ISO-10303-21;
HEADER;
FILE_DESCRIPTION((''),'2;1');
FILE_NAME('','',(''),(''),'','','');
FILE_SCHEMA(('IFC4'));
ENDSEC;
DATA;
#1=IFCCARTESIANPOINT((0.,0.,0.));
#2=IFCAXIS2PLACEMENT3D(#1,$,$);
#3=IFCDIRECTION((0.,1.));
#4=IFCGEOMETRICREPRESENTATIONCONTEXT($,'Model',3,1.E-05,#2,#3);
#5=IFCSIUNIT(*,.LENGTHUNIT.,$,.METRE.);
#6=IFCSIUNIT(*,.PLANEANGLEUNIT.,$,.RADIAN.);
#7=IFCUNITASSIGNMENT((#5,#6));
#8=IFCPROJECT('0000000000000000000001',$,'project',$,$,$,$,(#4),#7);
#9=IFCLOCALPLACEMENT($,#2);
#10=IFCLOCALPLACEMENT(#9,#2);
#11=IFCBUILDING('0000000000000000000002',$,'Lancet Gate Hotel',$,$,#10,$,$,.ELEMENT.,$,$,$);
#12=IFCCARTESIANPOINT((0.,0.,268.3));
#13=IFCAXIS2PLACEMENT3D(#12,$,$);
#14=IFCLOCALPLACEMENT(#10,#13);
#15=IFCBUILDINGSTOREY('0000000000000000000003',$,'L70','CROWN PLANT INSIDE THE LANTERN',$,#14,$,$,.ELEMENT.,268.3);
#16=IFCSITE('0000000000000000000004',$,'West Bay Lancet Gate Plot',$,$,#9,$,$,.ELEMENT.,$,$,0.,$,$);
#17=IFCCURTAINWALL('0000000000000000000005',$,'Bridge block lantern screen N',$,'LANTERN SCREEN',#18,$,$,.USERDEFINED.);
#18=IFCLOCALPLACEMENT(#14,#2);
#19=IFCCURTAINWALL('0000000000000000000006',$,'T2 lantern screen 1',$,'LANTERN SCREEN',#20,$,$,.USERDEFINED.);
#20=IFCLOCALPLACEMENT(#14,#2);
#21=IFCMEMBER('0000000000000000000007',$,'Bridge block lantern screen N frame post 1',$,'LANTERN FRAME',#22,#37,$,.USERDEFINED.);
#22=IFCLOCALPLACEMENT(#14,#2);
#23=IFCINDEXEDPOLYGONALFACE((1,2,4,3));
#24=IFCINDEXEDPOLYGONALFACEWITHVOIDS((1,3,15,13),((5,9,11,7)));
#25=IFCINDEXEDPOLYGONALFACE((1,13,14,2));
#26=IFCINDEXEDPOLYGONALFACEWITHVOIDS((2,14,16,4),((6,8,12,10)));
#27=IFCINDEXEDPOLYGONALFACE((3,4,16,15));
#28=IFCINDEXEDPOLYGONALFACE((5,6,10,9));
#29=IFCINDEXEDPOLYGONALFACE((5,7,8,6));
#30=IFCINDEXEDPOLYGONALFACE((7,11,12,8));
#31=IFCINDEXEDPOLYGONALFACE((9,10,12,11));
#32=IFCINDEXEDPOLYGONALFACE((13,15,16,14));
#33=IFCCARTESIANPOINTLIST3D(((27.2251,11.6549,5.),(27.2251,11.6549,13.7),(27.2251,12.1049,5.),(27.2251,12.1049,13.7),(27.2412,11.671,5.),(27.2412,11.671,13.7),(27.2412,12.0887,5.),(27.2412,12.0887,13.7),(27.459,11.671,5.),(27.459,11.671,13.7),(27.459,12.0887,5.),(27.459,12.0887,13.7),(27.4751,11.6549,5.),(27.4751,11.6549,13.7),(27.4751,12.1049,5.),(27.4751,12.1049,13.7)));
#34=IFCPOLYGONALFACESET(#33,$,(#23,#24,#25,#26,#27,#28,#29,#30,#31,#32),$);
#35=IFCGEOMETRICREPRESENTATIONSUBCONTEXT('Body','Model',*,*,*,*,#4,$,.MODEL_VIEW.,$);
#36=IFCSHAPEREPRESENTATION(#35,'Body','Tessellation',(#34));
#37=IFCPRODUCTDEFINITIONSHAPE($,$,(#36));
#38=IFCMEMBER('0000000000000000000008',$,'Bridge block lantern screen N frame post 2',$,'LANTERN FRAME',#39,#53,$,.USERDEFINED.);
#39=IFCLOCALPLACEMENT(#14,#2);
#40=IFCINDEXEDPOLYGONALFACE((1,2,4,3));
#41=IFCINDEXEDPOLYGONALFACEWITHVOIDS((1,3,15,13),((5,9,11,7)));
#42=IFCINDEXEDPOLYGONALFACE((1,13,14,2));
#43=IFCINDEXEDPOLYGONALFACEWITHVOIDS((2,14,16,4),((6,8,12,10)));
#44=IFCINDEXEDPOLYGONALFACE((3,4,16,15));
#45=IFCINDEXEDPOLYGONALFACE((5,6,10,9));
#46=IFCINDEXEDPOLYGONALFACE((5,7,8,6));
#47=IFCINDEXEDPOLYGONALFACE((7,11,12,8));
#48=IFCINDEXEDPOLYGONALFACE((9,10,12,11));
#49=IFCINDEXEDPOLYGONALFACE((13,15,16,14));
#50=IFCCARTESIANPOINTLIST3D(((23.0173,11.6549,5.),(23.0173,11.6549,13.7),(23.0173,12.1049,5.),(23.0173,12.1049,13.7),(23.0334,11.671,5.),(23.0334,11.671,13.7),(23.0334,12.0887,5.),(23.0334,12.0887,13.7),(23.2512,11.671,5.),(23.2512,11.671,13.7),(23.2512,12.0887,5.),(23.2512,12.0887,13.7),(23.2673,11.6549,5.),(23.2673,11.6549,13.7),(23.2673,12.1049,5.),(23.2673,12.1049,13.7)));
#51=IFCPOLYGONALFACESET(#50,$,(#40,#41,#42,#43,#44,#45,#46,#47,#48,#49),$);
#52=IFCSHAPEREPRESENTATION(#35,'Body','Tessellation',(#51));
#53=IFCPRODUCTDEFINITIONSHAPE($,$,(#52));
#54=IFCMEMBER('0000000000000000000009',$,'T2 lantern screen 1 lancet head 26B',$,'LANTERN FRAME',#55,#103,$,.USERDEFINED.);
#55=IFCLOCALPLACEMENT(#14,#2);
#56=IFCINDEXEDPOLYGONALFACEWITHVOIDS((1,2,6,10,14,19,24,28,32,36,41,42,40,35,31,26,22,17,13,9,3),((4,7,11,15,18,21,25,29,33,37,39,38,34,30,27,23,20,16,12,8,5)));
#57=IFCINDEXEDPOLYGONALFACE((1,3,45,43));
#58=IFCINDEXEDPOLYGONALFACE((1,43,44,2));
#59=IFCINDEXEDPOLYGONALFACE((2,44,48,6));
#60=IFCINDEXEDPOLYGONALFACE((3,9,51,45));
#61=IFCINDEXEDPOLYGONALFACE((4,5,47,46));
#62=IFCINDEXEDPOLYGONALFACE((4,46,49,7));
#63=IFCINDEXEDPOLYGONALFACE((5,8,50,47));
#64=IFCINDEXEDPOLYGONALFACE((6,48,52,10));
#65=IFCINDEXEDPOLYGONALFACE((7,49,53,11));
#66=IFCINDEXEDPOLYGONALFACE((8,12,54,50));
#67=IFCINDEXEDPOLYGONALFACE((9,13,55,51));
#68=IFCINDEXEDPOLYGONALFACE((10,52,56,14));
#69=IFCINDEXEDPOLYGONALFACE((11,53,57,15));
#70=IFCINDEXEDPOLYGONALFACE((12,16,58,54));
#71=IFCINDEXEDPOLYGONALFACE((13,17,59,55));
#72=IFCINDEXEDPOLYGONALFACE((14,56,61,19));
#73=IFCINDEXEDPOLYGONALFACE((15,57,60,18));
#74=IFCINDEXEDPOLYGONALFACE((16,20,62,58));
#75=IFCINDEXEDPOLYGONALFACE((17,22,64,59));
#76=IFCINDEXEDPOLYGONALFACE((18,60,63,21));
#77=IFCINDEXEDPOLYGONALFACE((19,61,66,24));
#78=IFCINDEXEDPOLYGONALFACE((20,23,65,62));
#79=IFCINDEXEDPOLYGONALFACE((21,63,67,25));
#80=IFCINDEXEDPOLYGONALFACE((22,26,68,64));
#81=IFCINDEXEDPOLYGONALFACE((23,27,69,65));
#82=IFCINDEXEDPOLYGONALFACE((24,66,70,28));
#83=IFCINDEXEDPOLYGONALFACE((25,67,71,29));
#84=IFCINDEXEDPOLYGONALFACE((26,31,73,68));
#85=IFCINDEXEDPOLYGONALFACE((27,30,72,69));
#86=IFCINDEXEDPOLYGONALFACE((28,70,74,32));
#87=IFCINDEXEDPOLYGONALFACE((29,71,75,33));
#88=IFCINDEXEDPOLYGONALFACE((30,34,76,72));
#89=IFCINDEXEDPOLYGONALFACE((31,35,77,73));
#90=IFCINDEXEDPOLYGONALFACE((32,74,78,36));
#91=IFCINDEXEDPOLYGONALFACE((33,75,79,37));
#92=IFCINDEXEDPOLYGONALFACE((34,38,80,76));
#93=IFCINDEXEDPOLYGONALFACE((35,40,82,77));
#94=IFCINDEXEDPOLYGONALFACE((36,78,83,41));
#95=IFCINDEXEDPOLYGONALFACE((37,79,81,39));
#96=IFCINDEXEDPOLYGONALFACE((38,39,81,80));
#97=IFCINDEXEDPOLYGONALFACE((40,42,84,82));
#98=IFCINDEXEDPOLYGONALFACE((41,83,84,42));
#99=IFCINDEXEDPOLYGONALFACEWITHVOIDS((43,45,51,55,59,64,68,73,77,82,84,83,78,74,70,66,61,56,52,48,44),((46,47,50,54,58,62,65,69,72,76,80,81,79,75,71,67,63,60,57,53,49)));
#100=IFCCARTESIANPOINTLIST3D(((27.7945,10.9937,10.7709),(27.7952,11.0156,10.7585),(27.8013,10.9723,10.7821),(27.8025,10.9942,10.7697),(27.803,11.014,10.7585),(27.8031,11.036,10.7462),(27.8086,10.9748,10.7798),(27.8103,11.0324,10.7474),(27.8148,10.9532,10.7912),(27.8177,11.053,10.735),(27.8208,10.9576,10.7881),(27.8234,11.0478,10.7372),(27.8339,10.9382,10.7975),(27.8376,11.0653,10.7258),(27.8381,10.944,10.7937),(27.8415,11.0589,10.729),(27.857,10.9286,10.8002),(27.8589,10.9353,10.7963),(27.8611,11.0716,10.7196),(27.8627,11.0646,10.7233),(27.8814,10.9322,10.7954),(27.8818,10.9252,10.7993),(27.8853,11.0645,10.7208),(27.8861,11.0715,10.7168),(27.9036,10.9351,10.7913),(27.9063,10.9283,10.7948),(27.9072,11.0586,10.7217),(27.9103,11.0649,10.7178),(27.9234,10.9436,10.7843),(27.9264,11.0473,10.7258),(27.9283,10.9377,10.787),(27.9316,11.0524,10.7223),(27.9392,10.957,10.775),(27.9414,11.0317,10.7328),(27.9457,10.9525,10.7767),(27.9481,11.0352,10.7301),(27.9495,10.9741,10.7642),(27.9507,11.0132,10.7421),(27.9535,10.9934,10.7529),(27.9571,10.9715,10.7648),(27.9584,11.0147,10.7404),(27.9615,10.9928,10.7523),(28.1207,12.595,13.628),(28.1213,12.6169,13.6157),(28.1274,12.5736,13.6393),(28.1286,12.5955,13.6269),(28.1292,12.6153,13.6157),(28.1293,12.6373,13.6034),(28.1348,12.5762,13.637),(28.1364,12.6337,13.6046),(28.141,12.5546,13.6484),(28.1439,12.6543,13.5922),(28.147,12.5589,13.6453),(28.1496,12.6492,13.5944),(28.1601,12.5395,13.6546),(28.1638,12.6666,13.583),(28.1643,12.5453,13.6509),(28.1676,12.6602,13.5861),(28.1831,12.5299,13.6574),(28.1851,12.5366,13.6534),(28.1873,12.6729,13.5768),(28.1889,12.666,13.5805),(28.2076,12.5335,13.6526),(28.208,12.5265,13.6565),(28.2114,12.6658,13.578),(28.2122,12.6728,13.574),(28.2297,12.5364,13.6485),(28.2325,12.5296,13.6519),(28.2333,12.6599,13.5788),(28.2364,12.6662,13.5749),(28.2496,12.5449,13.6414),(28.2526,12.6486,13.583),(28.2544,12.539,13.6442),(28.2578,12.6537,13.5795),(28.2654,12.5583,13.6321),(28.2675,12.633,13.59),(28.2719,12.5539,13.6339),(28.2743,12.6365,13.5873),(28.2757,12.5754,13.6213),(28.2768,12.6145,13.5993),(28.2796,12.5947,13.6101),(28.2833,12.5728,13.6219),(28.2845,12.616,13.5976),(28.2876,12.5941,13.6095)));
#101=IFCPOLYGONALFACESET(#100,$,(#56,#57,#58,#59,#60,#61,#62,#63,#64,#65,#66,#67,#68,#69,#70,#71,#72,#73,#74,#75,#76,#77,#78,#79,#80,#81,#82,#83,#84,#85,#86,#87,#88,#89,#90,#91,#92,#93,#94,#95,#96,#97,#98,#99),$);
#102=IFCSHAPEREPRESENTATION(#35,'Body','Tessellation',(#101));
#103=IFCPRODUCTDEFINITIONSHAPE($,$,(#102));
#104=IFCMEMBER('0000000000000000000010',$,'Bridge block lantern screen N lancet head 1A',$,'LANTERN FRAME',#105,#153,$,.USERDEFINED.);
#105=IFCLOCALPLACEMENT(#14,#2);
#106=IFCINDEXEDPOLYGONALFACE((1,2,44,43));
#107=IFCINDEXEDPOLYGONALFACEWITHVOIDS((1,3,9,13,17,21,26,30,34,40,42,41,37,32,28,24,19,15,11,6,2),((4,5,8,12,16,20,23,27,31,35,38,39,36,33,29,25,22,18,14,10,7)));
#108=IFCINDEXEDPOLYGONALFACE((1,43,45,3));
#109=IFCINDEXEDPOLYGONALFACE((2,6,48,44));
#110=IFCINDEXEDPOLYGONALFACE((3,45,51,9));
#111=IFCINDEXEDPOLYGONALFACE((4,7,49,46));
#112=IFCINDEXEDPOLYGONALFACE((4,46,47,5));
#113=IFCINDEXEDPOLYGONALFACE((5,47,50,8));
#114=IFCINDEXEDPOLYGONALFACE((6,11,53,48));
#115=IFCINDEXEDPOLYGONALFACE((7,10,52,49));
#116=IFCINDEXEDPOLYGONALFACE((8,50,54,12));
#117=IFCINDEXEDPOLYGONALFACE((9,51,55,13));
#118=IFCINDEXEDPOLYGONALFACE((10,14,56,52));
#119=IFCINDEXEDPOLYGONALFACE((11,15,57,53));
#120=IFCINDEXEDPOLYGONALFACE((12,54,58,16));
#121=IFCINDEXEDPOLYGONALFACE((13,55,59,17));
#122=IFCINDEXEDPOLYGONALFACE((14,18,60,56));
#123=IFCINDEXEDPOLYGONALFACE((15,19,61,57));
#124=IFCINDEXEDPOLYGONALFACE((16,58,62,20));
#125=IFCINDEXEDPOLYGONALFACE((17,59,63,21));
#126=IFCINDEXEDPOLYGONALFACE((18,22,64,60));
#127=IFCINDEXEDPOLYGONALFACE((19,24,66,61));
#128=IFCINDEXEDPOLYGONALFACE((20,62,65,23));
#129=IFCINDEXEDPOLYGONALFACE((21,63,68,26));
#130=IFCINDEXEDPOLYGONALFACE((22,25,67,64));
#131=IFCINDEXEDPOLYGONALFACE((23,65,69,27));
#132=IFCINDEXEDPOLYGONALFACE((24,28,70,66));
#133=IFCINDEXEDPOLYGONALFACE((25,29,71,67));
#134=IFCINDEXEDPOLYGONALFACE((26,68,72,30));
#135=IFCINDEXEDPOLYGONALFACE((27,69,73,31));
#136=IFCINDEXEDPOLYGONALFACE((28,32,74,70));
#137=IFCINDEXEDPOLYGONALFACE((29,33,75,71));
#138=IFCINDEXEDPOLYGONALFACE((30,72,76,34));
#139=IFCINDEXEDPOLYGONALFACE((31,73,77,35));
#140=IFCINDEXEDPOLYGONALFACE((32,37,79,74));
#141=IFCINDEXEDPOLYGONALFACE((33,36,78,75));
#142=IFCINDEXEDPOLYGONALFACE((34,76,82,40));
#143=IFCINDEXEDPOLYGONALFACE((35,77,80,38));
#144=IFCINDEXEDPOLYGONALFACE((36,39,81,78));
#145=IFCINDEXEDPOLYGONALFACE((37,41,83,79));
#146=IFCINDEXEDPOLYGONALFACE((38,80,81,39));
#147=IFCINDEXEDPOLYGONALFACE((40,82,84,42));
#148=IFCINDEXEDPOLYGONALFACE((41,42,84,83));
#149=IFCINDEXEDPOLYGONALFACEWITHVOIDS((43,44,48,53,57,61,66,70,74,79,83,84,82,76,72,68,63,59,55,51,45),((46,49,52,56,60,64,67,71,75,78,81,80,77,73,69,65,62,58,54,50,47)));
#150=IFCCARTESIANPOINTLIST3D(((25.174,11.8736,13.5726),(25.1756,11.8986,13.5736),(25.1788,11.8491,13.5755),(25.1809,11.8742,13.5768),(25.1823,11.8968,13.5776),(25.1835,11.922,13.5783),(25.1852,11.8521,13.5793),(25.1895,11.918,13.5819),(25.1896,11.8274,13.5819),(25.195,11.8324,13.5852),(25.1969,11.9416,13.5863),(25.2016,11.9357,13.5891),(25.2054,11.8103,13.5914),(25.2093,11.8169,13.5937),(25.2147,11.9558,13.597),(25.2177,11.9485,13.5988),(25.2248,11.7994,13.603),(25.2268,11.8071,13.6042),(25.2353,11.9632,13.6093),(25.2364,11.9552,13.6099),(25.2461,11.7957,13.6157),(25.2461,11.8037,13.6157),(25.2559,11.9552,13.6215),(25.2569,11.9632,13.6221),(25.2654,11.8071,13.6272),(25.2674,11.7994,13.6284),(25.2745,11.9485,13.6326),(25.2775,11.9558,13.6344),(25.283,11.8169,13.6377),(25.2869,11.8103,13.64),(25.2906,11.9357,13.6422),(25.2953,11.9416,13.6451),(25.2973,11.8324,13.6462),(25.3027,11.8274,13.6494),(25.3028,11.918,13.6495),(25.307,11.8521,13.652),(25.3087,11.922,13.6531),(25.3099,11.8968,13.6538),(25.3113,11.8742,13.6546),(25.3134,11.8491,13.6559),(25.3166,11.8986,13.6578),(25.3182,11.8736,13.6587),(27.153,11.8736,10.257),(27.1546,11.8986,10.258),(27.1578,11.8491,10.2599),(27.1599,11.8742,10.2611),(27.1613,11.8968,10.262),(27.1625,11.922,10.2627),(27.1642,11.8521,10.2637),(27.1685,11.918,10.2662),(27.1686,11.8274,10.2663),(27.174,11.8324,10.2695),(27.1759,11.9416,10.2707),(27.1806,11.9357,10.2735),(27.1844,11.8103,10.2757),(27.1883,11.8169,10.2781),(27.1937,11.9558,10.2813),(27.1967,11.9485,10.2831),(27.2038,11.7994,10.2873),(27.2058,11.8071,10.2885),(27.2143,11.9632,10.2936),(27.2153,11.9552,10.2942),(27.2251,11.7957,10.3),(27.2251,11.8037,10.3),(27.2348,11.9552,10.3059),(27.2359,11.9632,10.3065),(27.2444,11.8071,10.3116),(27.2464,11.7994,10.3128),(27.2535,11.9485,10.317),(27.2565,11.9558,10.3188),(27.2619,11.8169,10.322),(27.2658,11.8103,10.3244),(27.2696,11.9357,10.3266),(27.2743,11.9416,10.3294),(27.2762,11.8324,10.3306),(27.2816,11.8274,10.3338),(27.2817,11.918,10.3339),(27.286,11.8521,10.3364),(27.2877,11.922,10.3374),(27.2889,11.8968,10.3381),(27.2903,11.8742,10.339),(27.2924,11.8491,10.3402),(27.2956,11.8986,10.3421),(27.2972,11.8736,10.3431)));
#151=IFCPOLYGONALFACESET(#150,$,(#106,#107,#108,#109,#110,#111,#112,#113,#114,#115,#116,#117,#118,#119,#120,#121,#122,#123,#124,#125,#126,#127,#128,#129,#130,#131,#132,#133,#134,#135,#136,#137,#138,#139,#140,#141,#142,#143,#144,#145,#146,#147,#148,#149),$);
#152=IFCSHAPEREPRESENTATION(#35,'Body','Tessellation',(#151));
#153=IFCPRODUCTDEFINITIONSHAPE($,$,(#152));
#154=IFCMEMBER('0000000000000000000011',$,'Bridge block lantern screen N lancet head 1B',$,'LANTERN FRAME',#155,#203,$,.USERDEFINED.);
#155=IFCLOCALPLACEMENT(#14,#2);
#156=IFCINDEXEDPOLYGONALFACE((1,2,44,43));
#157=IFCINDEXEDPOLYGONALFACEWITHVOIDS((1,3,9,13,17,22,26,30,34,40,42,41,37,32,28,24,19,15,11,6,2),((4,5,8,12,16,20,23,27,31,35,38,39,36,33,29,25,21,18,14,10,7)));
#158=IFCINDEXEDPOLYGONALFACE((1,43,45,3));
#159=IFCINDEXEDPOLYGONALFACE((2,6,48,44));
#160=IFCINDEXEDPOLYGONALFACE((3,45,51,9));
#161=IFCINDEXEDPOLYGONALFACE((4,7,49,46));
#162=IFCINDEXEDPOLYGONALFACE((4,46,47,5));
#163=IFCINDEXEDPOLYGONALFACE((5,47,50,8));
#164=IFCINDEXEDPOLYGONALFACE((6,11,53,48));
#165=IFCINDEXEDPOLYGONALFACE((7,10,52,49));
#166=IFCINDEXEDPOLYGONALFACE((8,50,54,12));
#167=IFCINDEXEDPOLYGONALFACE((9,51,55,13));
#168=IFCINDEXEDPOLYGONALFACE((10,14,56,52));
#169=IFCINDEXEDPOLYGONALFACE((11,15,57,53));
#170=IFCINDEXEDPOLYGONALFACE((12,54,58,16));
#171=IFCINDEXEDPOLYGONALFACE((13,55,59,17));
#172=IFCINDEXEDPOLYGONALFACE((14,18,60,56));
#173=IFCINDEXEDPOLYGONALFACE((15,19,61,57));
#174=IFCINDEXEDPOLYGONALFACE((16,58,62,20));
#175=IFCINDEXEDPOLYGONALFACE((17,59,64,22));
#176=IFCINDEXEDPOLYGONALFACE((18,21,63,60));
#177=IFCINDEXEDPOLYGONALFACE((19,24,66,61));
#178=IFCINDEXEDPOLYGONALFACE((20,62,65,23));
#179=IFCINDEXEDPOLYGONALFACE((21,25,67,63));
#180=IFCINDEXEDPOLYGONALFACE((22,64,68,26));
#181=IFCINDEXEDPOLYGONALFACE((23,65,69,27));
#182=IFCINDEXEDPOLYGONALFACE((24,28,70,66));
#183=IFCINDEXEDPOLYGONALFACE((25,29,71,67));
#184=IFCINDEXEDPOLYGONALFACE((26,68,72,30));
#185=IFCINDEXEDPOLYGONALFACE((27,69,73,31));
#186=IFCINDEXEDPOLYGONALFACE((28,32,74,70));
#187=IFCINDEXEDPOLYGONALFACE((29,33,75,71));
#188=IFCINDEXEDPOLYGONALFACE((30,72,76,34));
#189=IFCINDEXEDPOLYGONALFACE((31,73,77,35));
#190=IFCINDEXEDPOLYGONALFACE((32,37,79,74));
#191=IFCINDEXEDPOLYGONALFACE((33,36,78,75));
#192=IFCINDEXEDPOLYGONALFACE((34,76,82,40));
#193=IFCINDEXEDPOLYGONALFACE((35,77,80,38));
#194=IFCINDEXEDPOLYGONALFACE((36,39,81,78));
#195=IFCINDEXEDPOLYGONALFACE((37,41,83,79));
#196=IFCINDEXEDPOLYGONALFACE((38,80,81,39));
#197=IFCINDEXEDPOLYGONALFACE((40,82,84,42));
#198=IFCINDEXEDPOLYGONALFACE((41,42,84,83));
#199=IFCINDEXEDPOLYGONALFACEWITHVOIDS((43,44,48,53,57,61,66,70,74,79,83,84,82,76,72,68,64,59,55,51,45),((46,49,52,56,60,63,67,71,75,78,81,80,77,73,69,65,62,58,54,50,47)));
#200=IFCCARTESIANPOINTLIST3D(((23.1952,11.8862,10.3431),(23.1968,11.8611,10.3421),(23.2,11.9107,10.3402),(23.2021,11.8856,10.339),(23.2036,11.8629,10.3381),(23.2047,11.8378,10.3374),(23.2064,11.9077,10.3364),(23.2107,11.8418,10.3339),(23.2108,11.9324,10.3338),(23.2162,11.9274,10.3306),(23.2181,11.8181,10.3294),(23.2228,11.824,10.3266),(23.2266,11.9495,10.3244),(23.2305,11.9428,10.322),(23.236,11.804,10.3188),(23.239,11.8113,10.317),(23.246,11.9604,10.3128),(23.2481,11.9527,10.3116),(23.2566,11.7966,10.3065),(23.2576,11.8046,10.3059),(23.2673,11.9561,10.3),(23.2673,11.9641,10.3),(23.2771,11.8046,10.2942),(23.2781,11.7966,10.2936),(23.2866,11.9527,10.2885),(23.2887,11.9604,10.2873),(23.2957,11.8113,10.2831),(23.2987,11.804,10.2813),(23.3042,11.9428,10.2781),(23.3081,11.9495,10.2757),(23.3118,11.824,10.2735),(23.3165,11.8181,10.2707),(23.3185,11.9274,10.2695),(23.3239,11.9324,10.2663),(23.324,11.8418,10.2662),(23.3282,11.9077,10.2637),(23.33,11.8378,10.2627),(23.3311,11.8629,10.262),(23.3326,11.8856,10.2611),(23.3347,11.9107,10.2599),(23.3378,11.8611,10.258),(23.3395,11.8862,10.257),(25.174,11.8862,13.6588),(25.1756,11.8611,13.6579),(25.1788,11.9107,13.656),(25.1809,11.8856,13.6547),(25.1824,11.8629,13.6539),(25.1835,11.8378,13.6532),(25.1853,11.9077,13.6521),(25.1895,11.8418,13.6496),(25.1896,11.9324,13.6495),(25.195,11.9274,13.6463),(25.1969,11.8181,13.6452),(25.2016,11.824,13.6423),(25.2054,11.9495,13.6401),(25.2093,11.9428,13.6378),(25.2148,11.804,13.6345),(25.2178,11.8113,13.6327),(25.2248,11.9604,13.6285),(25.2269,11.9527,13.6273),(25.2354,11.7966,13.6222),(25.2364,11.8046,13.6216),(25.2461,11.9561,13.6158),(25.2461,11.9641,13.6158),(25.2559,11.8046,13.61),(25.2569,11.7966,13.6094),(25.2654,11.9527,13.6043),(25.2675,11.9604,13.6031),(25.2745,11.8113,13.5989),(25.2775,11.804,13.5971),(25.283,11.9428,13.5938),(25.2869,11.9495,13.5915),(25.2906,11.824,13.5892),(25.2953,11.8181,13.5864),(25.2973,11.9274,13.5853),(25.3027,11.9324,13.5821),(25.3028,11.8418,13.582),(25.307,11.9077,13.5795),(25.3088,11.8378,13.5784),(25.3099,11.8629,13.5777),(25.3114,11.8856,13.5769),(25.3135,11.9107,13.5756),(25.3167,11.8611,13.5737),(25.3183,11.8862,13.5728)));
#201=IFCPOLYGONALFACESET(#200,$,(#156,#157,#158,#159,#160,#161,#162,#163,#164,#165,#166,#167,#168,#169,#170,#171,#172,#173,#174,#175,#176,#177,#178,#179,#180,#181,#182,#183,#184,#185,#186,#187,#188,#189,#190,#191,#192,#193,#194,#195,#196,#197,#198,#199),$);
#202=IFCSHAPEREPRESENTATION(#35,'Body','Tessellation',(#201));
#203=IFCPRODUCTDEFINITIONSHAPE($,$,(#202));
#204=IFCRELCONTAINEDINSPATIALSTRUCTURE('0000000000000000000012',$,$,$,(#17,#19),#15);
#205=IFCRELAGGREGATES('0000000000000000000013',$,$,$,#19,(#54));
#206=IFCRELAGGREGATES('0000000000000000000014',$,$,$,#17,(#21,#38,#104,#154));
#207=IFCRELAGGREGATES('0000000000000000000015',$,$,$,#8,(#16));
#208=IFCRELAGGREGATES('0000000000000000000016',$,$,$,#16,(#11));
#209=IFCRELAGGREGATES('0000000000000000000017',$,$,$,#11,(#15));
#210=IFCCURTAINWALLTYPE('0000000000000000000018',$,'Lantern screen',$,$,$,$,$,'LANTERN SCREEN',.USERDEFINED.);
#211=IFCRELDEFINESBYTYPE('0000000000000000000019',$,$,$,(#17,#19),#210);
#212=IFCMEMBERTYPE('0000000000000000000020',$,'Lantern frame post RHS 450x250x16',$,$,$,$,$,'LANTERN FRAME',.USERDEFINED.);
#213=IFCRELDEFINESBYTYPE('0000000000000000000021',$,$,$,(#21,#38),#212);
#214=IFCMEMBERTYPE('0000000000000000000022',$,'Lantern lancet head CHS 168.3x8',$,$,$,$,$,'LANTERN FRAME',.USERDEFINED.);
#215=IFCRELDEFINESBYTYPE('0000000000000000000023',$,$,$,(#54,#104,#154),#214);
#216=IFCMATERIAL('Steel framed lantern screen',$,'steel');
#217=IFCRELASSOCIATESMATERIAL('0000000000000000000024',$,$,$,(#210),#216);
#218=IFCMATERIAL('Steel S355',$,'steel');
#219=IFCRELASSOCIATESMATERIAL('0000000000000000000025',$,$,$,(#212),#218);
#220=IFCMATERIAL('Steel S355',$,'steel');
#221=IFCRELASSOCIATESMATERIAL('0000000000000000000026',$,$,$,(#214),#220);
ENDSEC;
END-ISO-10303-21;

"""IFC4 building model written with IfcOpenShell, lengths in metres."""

from ifc_helpers import new_model, si_unit, direction, frame, origin, origin_2d, place, context, subcontext, project, spatial, hollow_rectangle, hollow_circle, extrude, material, material_profile, profile_set, type_object, element, aggregate, save


model = new_model("IFC4")

# Units and contexts
model_context = context("Model", 3, precision=1e-05, world=origin(), true_north=direction((0.0, 1.0)))
body_context = subcontext(model_context, "Body", "Model", "MODEL_VIEW")
ifc_project = project(units=[si_unit("LENGTHUNIT", "METRE"), si_unit("PLANEANGLEUNIT", "RADIAN")], contexts=[model_context])

# Site, building, storey
site_placement = place(None, origin())
site = spatial("IfcSite", under=ifc_project, at=site_placement, Name="West Bay Lancet Gate Plot", CompositionType="ELEMENT", RefElevation=0.0)
building_placement = place(site_placement, origin())
building = spatial("IfcBuilding", under=site, at=building_placement, Name="Lancet Gate Hotel", CompositionType="ELEMENT")
storey_placement = place(building_placement, frame((0.0, 0.0, 268.3)))
storey = spatial("IfcBuildingStorey", under=building, at=storey_placement, Name="L70", Description="CROWN PLANT INSIDE THE LANTERN", CompositionType="ELEMENT", Elevation=268.3)

# Curtain wall
ifc_material_1 = material(Name="Steel framed lantern screen", Category="steel")
curtain_wall_type_1 = type_object("IfcCurtainWallType", Name="Lantern screen", ElementType="LANTERN SCREEN", PredefinedType="USERDEFINED", material=ifc_material_1)
curtain_wall_1_placement = place(storey_placement, origin())
curtain_wall_1 = element("IfcCurtainWall", 1, at=curtain_wall_1_placement, inside=storey, type_object=curtain_wall_type_1, Name="Bridge block lantern screen N", ObjectType="LANTERN SCREEN", PredefinedType="USERDEFINED")

# Curtain wall
curtain_wall_2_placement = place(storey_placement, origin())
curtain_wall_2 = element("IfcCurtainWall", 2, at=curtain_wall_2_placement, inside=storey, type_object=curtain_wall_type_1, Name="T2 lantern screen 1", ObjectType="LANTERN SCREEN", PredefinedType="USERDEFINED")
ifc_material_2 = material(Name="Steel S355", Category="steel")
ifc_material_profile_1 = material_profile(ifc_material_2, hollow_rectangle(XDim=0.25, YDim=0.45, WallThickness=0.0161, at=origin_2d()), Name="RHS 450x250x16")
ifc_profile_set_1 = profile_set([ifc_material_profile_1], Name="Steel S355")
member_type_1 = type_object("IfcMemberType", Name="Lantern frame post RHS 450x250x16", ElementType="LANTERN FRAME", PredefinedType="USERDEFINED", material=ifc_profile_set_1)

# Members
member_1_placement = place(storey_placement, frame((27.3501, 11.8799, 5.0), z_axis=(0.0, 0.0, 1.0), x_axis=(-1.0, 0.0, 0.0)))
member_1 = element("IfcMember", 3, at=member_1_placement, type_object=member_type_1, Name="Bridge block lantern screen N frame post 1", ObjectType="LANTERN FRAME", PredefinedType="USERDEFINED", context=body_context, shape_type="SweptSolid", body=[
    extrude(hollow_rectangle(XDim=0.25, YDim=0.45, WallThickness=0.0161, at=origin_2d()), origin(), (0.0, 0.0, 1.0), 8.7),
])
member_2_placement = place(storey_placement, frame((23.1423, 11.8799, 5.0), z_axis=(0.0, 0.0, 1.0), x_axis=(-1.0, 0.0, 0.0)))
member_2 = element("IfcMember", 4, at=member_2_placement, type_object=member_type_1, Name="Bridge block lantern screen N frame post 2", ObjectType="LANTERN FRAME", PredefinedType="USERDEFINED", context=body_context, shape_type="SweptSolid", body=[
    extrude(hollow_rectangle(XDim=0.25, YDim=0.45, WallThickness=0.0161, at=origin_2d()), origin(), (0.0, 0.0, 1.0), 8.7),
])
ifc_material_3 = material(Name="Steel S355", Category="steel")
ifc_material_profile_2 = material_profile(ifc_material_3, hollow_circle(Radius=0.0842, WallThickness=0.0081, at=origin_2d()), Name="CHS 168.3x8.0")
ifc_profile_set_2 = profile_set([ifc_material_profile_2], Name="Steel S355")
member_type_2 = type_object("IfcMemberType", Name="Lantern lancet head CHS 168.3x8", ElementType="LANTERN FRAME", PredefinedType="USERDEFINED", material=ifc_profile_set_2)
member_3_placement = place(storey_placement, frame((27.8777, 10.9988, 10.7585), z_axis=(0.099095, 0.486499, 0.868043), x_axis=(-0.979879, 0.199591, 0.0)))
member_3 = element("IfcMember", 5, at=member_3_placement, type_object=member_type_2, Name="T2 lantern screen 1 lancet head 26B", ObjectType="LANTERN FRAME", PredefinedType="USERDEFINED", context=body_context, shape_type="SweptSolid", body=[
    extrude(hollow_circle(Radius=0.0842, WallThickness=0.0081, at=origin_2d()), origin(), (0.0, 0.0, 1.0), 3.2915),
])
aggregate(curtain_wall_2, [member_3])
member_4_placement = place(storey_placement, frame((27.2251, 11.8799, 10.3), z_axis=(-0.512514, 0.0, 0.858679), x_axis=(0.0, -1.0, 0.0)))
member_4 = element("IfcMember", 6, at=member_4_placement, type_object=member_type_2, Name="Bridge block lantern screen N lancet head 1A", ObjectType="LANTERN FRAME", PredefinedType="USERDEFINED", context=body_context, shape_type="SweptSolid", body=[
    extrude(hollow_circle(Radius=0.0842, WallThickness=0.0081, at=origin_2d()), origin(), (0.0, 0.0, 1.0), 3.8613),
])
member_5_placement = place(storey_placement, frame((23.2673, 11.8799, 10.3), z_axis=(0.512467, 0.0, 0.858707), x_axis=(0.0, 1.0, 0.0)))
member_5 = element("IfcMember", 7, at=member_5_placement, type_object=member_type_2, Name="Bridge block lantern screen N lancet head 1B", ObjectType="LANTERN FRAME", PredefinedType="USERDEFINED", context=body_context, shape_type="SweptSolid", body=[
    extrude(hollow_circle(Radius=0.0842, WallThickness=0.0081, at=origin_2d()), origin(), (0.0, 0.0, 1.0), 3.8613),
])
aggregate(curtain_wall_1, [member_1, member_2, member_4, member_5])

save(model, "model.ifc")
